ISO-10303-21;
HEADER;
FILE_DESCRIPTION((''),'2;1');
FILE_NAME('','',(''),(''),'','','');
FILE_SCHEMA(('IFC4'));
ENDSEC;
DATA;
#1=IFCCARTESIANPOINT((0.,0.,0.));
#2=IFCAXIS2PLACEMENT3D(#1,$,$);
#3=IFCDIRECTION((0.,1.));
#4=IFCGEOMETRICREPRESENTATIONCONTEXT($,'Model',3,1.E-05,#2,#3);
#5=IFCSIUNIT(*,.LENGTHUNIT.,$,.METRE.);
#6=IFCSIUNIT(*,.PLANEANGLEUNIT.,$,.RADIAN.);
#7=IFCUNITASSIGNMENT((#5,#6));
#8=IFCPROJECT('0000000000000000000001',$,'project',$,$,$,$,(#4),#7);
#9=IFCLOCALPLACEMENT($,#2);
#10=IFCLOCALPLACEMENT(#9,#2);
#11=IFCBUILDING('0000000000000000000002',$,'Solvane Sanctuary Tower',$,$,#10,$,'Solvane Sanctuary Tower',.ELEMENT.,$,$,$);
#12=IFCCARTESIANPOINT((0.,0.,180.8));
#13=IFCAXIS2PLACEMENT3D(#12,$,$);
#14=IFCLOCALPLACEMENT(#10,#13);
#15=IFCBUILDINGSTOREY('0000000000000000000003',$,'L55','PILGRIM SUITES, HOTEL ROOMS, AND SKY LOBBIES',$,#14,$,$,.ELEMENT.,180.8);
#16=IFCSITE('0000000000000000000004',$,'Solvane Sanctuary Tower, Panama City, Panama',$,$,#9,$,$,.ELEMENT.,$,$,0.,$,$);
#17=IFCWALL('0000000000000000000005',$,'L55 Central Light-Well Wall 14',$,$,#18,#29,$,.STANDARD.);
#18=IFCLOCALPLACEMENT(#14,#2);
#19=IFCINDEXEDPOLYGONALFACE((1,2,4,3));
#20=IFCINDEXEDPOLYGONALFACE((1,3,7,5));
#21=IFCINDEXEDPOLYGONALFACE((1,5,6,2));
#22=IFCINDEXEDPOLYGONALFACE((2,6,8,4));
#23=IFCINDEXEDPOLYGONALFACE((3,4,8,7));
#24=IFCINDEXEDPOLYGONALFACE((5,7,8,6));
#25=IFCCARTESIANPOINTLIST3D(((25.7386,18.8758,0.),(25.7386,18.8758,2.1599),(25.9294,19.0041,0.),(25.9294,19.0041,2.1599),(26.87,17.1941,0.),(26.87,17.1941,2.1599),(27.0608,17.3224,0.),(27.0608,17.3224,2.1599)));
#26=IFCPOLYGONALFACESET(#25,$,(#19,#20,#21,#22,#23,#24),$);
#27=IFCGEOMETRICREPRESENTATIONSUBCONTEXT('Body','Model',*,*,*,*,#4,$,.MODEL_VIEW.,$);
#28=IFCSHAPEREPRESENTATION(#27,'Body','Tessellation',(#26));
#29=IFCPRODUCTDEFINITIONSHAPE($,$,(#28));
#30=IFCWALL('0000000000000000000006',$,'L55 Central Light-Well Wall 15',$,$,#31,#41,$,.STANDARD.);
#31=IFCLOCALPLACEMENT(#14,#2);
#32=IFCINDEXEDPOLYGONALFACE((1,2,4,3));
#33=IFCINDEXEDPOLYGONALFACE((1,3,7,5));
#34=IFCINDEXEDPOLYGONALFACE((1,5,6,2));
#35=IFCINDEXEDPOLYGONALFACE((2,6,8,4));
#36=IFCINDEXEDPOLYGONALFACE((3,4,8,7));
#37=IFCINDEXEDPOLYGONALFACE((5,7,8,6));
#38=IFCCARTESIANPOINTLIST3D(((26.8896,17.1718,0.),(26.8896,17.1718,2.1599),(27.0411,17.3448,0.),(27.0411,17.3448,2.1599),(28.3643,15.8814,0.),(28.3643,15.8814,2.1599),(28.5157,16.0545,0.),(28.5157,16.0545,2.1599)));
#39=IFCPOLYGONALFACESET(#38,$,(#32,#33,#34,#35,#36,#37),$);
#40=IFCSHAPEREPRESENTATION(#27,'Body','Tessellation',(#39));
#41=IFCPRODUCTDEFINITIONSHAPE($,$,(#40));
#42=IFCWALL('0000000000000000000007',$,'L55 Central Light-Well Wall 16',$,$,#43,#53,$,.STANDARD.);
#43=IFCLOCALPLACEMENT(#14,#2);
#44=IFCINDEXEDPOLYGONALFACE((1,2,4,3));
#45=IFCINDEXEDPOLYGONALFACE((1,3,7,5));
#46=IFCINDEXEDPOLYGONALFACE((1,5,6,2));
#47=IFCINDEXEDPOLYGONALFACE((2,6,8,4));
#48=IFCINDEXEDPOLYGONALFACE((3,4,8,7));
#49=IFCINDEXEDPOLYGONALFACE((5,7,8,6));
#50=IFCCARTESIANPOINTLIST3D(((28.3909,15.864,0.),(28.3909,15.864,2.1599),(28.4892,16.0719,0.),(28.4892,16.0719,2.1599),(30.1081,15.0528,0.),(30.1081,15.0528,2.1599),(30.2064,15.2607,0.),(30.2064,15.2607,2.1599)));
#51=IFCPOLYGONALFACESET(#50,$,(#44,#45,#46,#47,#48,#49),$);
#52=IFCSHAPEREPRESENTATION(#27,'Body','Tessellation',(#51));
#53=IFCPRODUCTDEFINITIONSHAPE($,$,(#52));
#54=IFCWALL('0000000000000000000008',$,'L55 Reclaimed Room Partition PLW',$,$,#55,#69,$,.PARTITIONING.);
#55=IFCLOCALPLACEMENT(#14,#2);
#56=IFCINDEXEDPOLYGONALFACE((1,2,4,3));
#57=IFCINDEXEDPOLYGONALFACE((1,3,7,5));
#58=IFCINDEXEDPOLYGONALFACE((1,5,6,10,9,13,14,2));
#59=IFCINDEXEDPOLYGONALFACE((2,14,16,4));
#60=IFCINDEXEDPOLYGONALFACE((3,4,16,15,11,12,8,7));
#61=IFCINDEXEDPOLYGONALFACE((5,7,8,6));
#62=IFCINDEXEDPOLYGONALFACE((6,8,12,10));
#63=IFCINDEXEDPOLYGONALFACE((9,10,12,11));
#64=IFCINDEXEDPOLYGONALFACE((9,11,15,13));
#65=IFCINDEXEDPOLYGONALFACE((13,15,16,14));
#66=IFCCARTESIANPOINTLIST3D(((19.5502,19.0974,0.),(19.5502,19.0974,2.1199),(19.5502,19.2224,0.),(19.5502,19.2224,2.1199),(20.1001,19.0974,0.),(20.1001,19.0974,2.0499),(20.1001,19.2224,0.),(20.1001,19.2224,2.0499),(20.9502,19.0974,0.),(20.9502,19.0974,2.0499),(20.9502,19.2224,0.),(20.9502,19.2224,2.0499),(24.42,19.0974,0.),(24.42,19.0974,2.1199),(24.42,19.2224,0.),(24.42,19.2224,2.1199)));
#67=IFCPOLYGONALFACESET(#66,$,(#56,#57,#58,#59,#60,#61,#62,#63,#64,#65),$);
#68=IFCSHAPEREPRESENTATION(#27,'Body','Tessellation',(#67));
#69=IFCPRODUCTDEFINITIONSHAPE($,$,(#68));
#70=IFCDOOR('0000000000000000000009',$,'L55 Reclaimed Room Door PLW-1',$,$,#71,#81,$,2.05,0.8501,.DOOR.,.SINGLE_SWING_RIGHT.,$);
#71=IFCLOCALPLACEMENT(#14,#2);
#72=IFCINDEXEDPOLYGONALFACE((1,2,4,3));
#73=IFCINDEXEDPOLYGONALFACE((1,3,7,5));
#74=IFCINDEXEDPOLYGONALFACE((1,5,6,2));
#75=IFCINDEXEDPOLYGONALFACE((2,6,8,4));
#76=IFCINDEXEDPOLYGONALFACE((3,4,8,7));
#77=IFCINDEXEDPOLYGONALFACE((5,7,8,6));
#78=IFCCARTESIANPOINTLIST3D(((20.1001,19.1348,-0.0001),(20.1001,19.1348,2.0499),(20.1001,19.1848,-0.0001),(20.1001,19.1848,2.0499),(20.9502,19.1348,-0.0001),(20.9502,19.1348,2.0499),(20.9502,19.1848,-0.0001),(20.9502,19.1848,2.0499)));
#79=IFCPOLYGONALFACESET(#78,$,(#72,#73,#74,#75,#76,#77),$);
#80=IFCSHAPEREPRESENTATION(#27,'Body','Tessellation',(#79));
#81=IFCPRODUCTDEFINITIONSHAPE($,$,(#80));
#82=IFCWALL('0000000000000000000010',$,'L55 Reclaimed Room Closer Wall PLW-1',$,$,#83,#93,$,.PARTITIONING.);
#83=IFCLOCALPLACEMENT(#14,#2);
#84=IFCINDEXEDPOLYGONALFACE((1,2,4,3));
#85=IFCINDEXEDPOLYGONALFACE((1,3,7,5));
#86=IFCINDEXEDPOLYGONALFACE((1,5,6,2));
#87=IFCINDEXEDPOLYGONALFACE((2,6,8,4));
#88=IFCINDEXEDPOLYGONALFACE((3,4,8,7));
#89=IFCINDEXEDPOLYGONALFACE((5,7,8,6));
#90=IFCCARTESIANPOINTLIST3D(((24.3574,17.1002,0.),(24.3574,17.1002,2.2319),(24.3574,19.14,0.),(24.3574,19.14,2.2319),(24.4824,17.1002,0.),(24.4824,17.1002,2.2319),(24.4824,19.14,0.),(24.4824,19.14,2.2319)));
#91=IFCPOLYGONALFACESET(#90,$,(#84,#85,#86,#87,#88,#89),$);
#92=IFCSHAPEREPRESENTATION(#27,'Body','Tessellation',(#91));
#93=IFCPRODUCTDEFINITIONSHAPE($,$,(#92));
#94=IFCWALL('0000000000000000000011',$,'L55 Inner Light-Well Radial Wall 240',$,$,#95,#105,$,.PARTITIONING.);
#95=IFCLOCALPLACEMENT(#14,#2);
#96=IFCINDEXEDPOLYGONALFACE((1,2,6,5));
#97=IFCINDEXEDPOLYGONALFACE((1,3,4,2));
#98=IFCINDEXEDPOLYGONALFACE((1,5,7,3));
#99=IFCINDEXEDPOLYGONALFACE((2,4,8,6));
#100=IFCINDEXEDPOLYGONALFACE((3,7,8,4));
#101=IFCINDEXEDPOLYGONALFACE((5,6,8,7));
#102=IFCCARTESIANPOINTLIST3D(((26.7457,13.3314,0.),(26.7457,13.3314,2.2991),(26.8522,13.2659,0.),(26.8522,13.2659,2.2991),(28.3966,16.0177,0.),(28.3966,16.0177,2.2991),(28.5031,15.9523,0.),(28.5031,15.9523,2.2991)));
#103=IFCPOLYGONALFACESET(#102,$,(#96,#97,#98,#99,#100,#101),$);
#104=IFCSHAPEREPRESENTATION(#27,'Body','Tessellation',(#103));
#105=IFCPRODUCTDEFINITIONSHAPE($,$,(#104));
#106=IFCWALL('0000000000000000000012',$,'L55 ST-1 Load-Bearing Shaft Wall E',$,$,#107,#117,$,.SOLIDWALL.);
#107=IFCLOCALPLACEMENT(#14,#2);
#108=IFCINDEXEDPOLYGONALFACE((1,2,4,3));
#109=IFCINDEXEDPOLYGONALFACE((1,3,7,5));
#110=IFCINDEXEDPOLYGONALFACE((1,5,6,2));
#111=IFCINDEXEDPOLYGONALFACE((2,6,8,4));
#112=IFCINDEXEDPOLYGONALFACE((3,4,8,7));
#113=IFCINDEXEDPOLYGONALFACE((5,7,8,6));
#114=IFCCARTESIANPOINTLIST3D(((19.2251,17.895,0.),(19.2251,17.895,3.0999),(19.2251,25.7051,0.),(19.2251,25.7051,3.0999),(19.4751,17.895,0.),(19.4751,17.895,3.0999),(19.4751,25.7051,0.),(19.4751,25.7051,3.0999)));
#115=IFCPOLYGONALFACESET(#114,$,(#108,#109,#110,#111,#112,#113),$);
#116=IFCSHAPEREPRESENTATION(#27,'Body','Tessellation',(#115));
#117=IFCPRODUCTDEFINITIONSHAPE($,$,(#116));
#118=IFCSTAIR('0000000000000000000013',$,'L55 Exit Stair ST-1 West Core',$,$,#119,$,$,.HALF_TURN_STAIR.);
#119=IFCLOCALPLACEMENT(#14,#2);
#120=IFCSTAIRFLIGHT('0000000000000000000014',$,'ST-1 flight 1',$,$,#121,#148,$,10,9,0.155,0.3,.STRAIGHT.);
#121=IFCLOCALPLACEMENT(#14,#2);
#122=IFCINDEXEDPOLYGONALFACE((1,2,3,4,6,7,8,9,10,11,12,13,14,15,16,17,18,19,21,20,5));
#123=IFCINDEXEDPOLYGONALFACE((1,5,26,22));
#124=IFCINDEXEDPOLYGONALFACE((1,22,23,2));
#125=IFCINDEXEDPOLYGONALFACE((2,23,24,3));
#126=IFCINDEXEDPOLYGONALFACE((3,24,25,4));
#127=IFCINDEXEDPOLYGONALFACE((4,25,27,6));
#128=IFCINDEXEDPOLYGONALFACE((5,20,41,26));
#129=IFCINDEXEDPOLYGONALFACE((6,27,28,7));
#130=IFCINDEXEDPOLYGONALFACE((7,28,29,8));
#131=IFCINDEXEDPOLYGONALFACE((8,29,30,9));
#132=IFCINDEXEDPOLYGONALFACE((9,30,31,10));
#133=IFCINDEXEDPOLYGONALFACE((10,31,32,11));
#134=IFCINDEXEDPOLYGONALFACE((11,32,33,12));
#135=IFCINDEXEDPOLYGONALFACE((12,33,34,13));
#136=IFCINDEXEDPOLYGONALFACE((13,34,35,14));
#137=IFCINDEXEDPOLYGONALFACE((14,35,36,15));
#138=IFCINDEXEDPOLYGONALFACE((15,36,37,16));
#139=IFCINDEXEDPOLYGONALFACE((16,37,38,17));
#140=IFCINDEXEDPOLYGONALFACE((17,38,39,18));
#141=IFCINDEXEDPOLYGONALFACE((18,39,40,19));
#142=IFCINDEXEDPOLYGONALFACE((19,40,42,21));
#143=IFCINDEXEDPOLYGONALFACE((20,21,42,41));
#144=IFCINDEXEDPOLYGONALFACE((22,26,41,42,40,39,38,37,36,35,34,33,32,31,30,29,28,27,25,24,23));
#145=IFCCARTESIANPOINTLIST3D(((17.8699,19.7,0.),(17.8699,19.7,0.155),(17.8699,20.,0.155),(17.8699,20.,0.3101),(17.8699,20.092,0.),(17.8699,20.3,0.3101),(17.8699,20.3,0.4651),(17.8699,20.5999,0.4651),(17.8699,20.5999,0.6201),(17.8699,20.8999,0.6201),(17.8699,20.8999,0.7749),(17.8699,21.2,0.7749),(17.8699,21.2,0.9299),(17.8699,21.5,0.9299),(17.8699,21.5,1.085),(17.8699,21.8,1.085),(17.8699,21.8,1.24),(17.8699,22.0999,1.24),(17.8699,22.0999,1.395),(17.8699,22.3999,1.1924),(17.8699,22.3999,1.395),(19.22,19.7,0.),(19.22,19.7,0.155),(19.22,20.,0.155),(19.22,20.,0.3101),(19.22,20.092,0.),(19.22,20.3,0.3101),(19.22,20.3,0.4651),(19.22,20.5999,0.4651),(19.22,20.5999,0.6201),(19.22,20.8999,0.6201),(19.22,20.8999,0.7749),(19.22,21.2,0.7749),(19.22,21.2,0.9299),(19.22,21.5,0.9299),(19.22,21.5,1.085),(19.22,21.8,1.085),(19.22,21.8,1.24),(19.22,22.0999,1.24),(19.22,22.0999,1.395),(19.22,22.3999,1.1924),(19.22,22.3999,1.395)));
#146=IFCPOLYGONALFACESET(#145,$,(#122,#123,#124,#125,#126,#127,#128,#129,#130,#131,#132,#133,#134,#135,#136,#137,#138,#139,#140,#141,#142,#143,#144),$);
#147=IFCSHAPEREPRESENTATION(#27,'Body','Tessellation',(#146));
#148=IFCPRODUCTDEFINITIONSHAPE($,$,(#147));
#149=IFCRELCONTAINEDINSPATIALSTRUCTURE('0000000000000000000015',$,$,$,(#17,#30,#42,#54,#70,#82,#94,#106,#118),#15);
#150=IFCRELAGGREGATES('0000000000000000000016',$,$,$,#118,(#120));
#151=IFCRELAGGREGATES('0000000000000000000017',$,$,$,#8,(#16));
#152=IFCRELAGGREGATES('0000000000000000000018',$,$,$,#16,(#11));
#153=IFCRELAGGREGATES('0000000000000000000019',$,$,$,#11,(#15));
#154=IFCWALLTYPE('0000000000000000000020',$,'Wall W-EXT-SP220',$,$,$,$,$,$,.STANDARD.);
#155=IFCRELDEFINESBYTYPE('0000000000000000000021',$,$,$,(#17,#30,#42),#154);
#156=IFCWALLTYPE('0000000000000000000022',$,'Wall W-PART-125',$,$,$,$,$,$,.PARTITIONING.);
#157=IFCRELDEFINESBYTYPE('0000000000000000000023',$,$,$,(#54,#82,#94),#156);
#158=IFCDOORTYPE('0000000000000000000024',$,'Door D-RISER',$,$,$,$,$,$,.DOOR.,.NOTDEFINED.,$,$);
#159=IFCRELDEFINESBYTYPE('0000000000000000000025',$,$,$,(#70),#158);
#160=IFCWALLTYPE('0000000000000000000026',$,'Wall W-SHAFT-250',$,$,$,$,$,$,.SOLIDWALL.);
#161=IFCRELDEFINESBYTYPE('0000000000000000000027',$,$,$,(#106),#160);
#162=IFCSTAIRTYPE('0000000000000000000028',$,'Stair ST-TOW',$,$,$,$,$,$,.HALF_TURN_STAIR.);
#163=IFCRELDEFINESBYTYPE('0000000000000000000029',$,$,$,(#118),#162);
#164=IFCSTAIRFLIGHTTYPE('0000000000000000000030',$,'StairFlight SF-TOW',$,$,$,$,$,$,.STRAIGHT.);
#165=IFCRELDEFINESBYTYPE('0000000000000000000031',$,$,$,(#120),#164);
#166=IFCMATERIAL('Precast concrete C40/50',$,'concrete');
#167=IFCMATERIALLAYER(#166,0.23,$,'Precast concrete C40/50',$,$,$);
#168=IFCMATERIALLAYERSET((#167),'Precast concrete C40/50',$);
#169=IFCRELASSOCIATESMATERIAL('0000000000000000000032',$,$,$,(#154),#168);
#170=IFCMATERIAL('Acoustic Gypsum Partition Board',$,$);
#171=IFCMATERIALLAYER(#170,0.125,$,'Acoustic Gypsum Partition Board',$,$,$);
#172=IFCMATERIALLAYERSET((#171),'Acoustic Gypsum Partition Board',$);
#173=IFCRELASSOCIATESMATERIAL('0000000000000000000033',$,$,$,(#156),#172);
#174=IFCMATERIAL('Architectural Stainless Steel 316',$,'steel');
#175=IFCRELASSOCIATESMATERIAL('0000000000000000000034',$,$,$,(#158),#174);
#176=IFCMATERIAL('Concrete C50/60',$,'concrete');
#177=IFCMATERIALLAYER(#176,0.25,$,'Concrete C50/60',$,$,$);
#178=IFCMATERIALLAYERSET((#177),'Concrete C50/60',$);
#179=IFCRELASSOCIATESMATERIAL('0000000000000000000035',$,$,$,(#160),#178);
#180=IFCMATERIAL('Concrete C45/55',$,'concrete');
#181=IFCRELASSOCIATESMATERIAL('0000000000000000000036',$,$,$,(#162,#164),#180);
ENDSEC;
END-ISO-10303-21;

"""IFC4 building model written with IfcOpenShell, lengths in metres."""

from ifc_helpers import new_model, si_unit, direction, frame, frame_2d, origin, place, context, subcontext, project, spatial, polyline, rectangle, outline, extrude, material, layer, layer_set, type_object, element, fill, aggregate, save


model = new_model("IFC4")

# Units and contexts
model_context = context("Model", 3, precision=1e-05, world=origin(), true_north=direction((0.0, 1.0)))
body_context = subcontext(model_context, "Body", "Model", "MODEL_VIEW")
ifc_project = project(units=[si_unit("LENGTHUNIT", "METRE"), si_unit("PLANEANGLEUNIT", "RADIAN")], contexts=[model_context])

# Site, building, storey
site_placement = place(None, origin())
site = spatial("IfcSite", under=ifc_project, at=site_placement, Name="Solvane Sanctuary Tower, Panama City, Panama", CompositionType="ELEMENT", RefElevation=0.0)
building_placement = place(site_placement, origin())
building = spatial("IfcBuilding", under=site, at=building_placement, Name="Solvane Sanctuary Tower", LongName="Solvane Sanctuary Tower", CompositionType="ELEMENT")
storey_placement = place(building_placement, frame((0.0, 0.0, 180.8)))
storey = spatial("IfcBuildingStorey", under=building, at=storey_placement, Name="L55", Description="PILGRIM SUITES, HOTEL ROOMS, AND SKY LOBBIES", CompositionType="ELEMENT", Elevation=180.8)

# Shared definitions
ifc_material_1 = material(Name="Concrete C50/60", Category="concrete")

# Shared definitions
ifc_material_2 = material(Name="Precast concrete C40/50", Category="concrete")
ifc_layer_1 = layer(ifc_material_2, 0.23, Name="Precast concrete C40/50")
ifc_layer_set_1 = layer_set([ifc_layer_1], Name="Precast concrete C40/50")
wall_type_1 = type_object("IfcWallType", Name="Wall W-EXT-SP220", PredefinedType="STANDARD", material=ifc_layer_set_1)

# Walls
wall_1_placement = place(storey_placement, frame((25.834, 18.9399, 0.0), z_axis=(0.0, 0.0, 1.0), x_axis=(0.558198, -0.829708, 0.0)))
element("IfcWall", 1, at=wall_1_placement, inside=storey, type_object=wall_type_1, Name="L55 Central Light-Well Wall 14", PredefinedType="STANDARD", context=body_context, shape_type="SweptSolid", body=[
    extrude(rectangle(XDim=2.0269, YDim=0.23, at=frame_2d((1.0134, 0.0))), origin(), (0.0, 0.0, 1.0), 2.1599),
])
wall_2_placement = place(storey_placement, frame((26.9653, 17.2583, 0.0), z_axis=(0.0, 0.0, 1.0), x_axis=(0.752577, -0.658505, 0.0)))
element("IfcWall", 2, at=wall_2_placement, inside=storey, type_object=wall_type_1, Name="L55 Central Light-Well Wall 15", PredefinedType="STANDARD", context=body_context, shape_type="SweptSolid", body=[
    extrude(rectangle(XDim=1.9595, YDim=0.23, at=frame_2d((0.9797, 0.0))), origin(), (0.0, 0.0, 1.0), 2.1599),
])
wall_3_placement = place(storey_placement, frame((28.4399, 15.968, 0.0), z_axis=(0.0, 0.0, 1.0), x_axis=(0.90418, -0.427152, 0.0)))
element("IfcWall", 3, at=wall_3_placement, inside=storey, type_object=wall_type_1, Name="L55 Central Light-Well Wall 16", PredefinedType="STANDARD", context=body_context, shape_type="SweptSolid", body=[
    extrude(rectangle(XDim=1.8992, YDim=0.23, at=frame_2d((0.9497, 0.0))), origin(), (0.0, 0.0, 1.0), 2.1599),
])

# Wall, opening, door
ifc_material_3 = material(Name="Acoustic Gypsum Partition Board")
ifc_layer_2 = layer(ifc_material_3, 0.125, Name="Acoustic Gypsum Partition Board")
ifc_layer_set_2 = layer_set([ifc_layer_2], Name="Acoustic Gypsum Partition Board")
wall_type_2 = type_object("IfcWallType", Name="Wall W-PART-125", PredefinedType="PARTITIONING", material=ifc_layer_set_2)
wall_4_placement = place(storey_placement, frame((19.55, 19.1599, 0.0), z_axis=(0.0, 0.0, 1.0), x_axis=(1.0, 0.0, 0.0)))
wall_4 = element("IfcWall", 4, at=wall_4_placement, inside=storey, type_object=wall_type_2, Name="L55 Reclaimed Room Partition PLW", PredefinedType="PARTITIONING", context=body_context, shape_type="SweptSolid", body=[
    extrude(rectangle(XDim=4.8699, YDim=0.125, at=frame_2d((2.4351, 0.0))), origin(), (0.0, 0.0, 1.0), 2.1199),
])
opening_1_placement = place(wall_4_placement, frame((0.55, 0.0, 0.0)))
opening_1 = element("IfcOpeningElement", 5, at=opening_1_placement, cuts=wall_4, PredefinedType="OPENING", context=body_context, shape_type="SweptSolid", body=[
    extrude(rectangle(XDim=0.8501, YDim=2.05, at=frame_2d((0.425, 1.0249))), frame((0.0, 0.0725, 0.0), z_axis=(0.0, -1.0, 0.0), x_axis=(1.0, 0.0, 0.0)), (0.0, 0.0, 1.0), 0.145),
])
ifc_material_4 = material(Name="Architectural Stainless Steel 316", Category="steel")
door_type = type_object("IfcDoorType", Name="Door D-RISER", OperationType="NOTDEFINED", PredefinedType="DOOR", material=ifc_material_4)
door_placement = place(opening_1_placement, origin())
door = element("IfcDoor", 6, at=door_placement, inside=storey, type_object=door_type, Name="L55 Reclaimed Room Door PLW-1", OperationType="SINGLE_SWING_RIGHT", OverallHeight=2.05, OverallWidth=0.8501, PredefinedType="DOOR", context=body_context, shape_type="SweptSolid", body=[
    extrude(rectangle(XDim=0.8501, YDim=2.05, at=frame_2d((0.425, 1.0249))), frame((0.0, 0.0249, 0.0), z_axis=(0.0, -1.0, 0.0), x_axis=(1.0, 0.0, 0.0)), (0.0, 0.0, 1.0), 0.05),
])
fill(opening_1, door)

# Walls
wall_5_placement = place(storey_placement, frame((24.4199, 17.1001, 0.0), z_axis=(0.0, 0.0, 1.0), x_axis=(0.0, 1.0, 0.0)))
element("IfcWall", 7, at=wall_5_placement, inside=storey, type_object=wall_type_2, Name="L55 Reclaimed Room Closer Wall PLW-1", PredefinedType="PARTITIONING", context=body_context, shape_type="SweptSolid", body=[
    extrude(rectangle(XDim=2.0398, YDim=0.125, at=frame_2d((1.02, 0.0))), origin(), (0.0, 0.0, 1.0), 2.2319),
])
wall_6_placement = place(storey_placement, frame((28.45, 15.9851, 0.0), z_axis=(0.0, 0.0, 1.0), x_axis=(-0.523588, -0.851972, 0.0)))
element("IfcWall", 8, at=wall_6_placement, inside=storey, type_object=wall_type_2, Name="L55 Inner Light-Well Radial Wall 240", PredefinedType="PARTITIONING", context=body_context, shape_type="SweptSolid", body=[
    extrude(rectangle(XDim=3.1531, YDim=0.125, at=frame_2d((1.5767, 0.0))), origin(), (0.0, 0.0, 1.0), 2.2991),
])
ifc_layer_3 = layer(ifc_material_1, 0.25, Name="Concrete C50/60")
ifc_layer_set_3 = layer_set([ifc_layer_3], Name="Concrete C50/60")
wall_type_3 = type_object("IfcWallType", Name="Wall W-SHAFT-250", PredefinedType="SOLIDWALL", material=ifc_layer_set_3)
wall_7_placement = place(storey_placement, frame((19.3501, 17.895, 0.0), z_axis=(0.0, 0.0, 1.0), x_axis=(0.0, 1.0, 0.0)))
element("IfcWall", 9, at=wall_7_placement, inside=storey, type_object=wall_type_3, Name="L55 ST-1 Load-Bearing Shaft Wall E", PredefinedType="SOLIDWALL", context=body_context, shape_type="SweptSolid", body=[
    extrude(rectangle(XDim=7.8101, YDim=0.25, at=frame_2d((3.905, 0.0))), origin(), (0.0, 0.0, 1.0), 3.0999),
])

# Stair, stair flight
ifc_material_5 = material(Name="Concrete C45/55", Category="concrete")
stair_type = type_object("IfcStairType", Name="Stair ST-TOW", PredefinedType="HALF_TURN_STAIR", material=ifc_material_5)
stair_placement = place(storey_placement, origin())
stair = element("IfcStair", 10, at=stair_placement, inside=storey, type_object=stair_type, Name="L55 Exit Stair ST-1 West Core", PredefinedType="HALF_TURN_STAIR")
stair_flight_type = type_object("IfcStairFlightType", Name="StairFlight SF-TOW", PredefinedType="STRAIGHT", material=ifc_material_5)
stair_flight_placement = place(storey_placement, frame((18.5449, 19.7, 0.0), z_axis=(0.0, 0.0, 1.0), x_axis=(0.0, 1.0, 0.0)))
stair_flight = element("IfcStairFlight", 11, at=stair_flight_placement, type_object=stair_flight_type, Name="ST-1 flight 1", NumberOfRisers=10, NumberOfTreads=9, PredefinedType="STRAIGHT", RiserHeight=0.155, TreadLength=0.3, context=body_context, shape_type="SweptSolid", body=[
    extrude(outline(polyline([(0.0, 0.0), (0.0, 0.155), (0.3, 0.155), (0.3, 0.3101), (0.6001, 0.3101), (0.6001, 0.4651), (0.8999, 0.4651), (0.8999, 0.6201), (1.2, 0.6201), (1.2, 0.7749), (1.5, 0.7749), (1.5, 0.9299), (1.8, 0.9299), (1.8, 1.085), (2.1001, 1.085), (2.1001, 1.24), (2.3999, 1.24), (2.3999, 1.395), (2.7, 1.395), (2.7, 1.55), (2.7, 1.1924), (0.3921, 0.0), (0.0, 0.0)])), frame((0.0, 0.675, 0.0), z_axis=(0.0, -1.0, 0.0), x_axis=(1.0, 0.0, 0.0)), (0.0, 0.0, 1.0), 1.3501),
])
aggregate(stair, [stair_flight])

save(model, "model.ifc")
